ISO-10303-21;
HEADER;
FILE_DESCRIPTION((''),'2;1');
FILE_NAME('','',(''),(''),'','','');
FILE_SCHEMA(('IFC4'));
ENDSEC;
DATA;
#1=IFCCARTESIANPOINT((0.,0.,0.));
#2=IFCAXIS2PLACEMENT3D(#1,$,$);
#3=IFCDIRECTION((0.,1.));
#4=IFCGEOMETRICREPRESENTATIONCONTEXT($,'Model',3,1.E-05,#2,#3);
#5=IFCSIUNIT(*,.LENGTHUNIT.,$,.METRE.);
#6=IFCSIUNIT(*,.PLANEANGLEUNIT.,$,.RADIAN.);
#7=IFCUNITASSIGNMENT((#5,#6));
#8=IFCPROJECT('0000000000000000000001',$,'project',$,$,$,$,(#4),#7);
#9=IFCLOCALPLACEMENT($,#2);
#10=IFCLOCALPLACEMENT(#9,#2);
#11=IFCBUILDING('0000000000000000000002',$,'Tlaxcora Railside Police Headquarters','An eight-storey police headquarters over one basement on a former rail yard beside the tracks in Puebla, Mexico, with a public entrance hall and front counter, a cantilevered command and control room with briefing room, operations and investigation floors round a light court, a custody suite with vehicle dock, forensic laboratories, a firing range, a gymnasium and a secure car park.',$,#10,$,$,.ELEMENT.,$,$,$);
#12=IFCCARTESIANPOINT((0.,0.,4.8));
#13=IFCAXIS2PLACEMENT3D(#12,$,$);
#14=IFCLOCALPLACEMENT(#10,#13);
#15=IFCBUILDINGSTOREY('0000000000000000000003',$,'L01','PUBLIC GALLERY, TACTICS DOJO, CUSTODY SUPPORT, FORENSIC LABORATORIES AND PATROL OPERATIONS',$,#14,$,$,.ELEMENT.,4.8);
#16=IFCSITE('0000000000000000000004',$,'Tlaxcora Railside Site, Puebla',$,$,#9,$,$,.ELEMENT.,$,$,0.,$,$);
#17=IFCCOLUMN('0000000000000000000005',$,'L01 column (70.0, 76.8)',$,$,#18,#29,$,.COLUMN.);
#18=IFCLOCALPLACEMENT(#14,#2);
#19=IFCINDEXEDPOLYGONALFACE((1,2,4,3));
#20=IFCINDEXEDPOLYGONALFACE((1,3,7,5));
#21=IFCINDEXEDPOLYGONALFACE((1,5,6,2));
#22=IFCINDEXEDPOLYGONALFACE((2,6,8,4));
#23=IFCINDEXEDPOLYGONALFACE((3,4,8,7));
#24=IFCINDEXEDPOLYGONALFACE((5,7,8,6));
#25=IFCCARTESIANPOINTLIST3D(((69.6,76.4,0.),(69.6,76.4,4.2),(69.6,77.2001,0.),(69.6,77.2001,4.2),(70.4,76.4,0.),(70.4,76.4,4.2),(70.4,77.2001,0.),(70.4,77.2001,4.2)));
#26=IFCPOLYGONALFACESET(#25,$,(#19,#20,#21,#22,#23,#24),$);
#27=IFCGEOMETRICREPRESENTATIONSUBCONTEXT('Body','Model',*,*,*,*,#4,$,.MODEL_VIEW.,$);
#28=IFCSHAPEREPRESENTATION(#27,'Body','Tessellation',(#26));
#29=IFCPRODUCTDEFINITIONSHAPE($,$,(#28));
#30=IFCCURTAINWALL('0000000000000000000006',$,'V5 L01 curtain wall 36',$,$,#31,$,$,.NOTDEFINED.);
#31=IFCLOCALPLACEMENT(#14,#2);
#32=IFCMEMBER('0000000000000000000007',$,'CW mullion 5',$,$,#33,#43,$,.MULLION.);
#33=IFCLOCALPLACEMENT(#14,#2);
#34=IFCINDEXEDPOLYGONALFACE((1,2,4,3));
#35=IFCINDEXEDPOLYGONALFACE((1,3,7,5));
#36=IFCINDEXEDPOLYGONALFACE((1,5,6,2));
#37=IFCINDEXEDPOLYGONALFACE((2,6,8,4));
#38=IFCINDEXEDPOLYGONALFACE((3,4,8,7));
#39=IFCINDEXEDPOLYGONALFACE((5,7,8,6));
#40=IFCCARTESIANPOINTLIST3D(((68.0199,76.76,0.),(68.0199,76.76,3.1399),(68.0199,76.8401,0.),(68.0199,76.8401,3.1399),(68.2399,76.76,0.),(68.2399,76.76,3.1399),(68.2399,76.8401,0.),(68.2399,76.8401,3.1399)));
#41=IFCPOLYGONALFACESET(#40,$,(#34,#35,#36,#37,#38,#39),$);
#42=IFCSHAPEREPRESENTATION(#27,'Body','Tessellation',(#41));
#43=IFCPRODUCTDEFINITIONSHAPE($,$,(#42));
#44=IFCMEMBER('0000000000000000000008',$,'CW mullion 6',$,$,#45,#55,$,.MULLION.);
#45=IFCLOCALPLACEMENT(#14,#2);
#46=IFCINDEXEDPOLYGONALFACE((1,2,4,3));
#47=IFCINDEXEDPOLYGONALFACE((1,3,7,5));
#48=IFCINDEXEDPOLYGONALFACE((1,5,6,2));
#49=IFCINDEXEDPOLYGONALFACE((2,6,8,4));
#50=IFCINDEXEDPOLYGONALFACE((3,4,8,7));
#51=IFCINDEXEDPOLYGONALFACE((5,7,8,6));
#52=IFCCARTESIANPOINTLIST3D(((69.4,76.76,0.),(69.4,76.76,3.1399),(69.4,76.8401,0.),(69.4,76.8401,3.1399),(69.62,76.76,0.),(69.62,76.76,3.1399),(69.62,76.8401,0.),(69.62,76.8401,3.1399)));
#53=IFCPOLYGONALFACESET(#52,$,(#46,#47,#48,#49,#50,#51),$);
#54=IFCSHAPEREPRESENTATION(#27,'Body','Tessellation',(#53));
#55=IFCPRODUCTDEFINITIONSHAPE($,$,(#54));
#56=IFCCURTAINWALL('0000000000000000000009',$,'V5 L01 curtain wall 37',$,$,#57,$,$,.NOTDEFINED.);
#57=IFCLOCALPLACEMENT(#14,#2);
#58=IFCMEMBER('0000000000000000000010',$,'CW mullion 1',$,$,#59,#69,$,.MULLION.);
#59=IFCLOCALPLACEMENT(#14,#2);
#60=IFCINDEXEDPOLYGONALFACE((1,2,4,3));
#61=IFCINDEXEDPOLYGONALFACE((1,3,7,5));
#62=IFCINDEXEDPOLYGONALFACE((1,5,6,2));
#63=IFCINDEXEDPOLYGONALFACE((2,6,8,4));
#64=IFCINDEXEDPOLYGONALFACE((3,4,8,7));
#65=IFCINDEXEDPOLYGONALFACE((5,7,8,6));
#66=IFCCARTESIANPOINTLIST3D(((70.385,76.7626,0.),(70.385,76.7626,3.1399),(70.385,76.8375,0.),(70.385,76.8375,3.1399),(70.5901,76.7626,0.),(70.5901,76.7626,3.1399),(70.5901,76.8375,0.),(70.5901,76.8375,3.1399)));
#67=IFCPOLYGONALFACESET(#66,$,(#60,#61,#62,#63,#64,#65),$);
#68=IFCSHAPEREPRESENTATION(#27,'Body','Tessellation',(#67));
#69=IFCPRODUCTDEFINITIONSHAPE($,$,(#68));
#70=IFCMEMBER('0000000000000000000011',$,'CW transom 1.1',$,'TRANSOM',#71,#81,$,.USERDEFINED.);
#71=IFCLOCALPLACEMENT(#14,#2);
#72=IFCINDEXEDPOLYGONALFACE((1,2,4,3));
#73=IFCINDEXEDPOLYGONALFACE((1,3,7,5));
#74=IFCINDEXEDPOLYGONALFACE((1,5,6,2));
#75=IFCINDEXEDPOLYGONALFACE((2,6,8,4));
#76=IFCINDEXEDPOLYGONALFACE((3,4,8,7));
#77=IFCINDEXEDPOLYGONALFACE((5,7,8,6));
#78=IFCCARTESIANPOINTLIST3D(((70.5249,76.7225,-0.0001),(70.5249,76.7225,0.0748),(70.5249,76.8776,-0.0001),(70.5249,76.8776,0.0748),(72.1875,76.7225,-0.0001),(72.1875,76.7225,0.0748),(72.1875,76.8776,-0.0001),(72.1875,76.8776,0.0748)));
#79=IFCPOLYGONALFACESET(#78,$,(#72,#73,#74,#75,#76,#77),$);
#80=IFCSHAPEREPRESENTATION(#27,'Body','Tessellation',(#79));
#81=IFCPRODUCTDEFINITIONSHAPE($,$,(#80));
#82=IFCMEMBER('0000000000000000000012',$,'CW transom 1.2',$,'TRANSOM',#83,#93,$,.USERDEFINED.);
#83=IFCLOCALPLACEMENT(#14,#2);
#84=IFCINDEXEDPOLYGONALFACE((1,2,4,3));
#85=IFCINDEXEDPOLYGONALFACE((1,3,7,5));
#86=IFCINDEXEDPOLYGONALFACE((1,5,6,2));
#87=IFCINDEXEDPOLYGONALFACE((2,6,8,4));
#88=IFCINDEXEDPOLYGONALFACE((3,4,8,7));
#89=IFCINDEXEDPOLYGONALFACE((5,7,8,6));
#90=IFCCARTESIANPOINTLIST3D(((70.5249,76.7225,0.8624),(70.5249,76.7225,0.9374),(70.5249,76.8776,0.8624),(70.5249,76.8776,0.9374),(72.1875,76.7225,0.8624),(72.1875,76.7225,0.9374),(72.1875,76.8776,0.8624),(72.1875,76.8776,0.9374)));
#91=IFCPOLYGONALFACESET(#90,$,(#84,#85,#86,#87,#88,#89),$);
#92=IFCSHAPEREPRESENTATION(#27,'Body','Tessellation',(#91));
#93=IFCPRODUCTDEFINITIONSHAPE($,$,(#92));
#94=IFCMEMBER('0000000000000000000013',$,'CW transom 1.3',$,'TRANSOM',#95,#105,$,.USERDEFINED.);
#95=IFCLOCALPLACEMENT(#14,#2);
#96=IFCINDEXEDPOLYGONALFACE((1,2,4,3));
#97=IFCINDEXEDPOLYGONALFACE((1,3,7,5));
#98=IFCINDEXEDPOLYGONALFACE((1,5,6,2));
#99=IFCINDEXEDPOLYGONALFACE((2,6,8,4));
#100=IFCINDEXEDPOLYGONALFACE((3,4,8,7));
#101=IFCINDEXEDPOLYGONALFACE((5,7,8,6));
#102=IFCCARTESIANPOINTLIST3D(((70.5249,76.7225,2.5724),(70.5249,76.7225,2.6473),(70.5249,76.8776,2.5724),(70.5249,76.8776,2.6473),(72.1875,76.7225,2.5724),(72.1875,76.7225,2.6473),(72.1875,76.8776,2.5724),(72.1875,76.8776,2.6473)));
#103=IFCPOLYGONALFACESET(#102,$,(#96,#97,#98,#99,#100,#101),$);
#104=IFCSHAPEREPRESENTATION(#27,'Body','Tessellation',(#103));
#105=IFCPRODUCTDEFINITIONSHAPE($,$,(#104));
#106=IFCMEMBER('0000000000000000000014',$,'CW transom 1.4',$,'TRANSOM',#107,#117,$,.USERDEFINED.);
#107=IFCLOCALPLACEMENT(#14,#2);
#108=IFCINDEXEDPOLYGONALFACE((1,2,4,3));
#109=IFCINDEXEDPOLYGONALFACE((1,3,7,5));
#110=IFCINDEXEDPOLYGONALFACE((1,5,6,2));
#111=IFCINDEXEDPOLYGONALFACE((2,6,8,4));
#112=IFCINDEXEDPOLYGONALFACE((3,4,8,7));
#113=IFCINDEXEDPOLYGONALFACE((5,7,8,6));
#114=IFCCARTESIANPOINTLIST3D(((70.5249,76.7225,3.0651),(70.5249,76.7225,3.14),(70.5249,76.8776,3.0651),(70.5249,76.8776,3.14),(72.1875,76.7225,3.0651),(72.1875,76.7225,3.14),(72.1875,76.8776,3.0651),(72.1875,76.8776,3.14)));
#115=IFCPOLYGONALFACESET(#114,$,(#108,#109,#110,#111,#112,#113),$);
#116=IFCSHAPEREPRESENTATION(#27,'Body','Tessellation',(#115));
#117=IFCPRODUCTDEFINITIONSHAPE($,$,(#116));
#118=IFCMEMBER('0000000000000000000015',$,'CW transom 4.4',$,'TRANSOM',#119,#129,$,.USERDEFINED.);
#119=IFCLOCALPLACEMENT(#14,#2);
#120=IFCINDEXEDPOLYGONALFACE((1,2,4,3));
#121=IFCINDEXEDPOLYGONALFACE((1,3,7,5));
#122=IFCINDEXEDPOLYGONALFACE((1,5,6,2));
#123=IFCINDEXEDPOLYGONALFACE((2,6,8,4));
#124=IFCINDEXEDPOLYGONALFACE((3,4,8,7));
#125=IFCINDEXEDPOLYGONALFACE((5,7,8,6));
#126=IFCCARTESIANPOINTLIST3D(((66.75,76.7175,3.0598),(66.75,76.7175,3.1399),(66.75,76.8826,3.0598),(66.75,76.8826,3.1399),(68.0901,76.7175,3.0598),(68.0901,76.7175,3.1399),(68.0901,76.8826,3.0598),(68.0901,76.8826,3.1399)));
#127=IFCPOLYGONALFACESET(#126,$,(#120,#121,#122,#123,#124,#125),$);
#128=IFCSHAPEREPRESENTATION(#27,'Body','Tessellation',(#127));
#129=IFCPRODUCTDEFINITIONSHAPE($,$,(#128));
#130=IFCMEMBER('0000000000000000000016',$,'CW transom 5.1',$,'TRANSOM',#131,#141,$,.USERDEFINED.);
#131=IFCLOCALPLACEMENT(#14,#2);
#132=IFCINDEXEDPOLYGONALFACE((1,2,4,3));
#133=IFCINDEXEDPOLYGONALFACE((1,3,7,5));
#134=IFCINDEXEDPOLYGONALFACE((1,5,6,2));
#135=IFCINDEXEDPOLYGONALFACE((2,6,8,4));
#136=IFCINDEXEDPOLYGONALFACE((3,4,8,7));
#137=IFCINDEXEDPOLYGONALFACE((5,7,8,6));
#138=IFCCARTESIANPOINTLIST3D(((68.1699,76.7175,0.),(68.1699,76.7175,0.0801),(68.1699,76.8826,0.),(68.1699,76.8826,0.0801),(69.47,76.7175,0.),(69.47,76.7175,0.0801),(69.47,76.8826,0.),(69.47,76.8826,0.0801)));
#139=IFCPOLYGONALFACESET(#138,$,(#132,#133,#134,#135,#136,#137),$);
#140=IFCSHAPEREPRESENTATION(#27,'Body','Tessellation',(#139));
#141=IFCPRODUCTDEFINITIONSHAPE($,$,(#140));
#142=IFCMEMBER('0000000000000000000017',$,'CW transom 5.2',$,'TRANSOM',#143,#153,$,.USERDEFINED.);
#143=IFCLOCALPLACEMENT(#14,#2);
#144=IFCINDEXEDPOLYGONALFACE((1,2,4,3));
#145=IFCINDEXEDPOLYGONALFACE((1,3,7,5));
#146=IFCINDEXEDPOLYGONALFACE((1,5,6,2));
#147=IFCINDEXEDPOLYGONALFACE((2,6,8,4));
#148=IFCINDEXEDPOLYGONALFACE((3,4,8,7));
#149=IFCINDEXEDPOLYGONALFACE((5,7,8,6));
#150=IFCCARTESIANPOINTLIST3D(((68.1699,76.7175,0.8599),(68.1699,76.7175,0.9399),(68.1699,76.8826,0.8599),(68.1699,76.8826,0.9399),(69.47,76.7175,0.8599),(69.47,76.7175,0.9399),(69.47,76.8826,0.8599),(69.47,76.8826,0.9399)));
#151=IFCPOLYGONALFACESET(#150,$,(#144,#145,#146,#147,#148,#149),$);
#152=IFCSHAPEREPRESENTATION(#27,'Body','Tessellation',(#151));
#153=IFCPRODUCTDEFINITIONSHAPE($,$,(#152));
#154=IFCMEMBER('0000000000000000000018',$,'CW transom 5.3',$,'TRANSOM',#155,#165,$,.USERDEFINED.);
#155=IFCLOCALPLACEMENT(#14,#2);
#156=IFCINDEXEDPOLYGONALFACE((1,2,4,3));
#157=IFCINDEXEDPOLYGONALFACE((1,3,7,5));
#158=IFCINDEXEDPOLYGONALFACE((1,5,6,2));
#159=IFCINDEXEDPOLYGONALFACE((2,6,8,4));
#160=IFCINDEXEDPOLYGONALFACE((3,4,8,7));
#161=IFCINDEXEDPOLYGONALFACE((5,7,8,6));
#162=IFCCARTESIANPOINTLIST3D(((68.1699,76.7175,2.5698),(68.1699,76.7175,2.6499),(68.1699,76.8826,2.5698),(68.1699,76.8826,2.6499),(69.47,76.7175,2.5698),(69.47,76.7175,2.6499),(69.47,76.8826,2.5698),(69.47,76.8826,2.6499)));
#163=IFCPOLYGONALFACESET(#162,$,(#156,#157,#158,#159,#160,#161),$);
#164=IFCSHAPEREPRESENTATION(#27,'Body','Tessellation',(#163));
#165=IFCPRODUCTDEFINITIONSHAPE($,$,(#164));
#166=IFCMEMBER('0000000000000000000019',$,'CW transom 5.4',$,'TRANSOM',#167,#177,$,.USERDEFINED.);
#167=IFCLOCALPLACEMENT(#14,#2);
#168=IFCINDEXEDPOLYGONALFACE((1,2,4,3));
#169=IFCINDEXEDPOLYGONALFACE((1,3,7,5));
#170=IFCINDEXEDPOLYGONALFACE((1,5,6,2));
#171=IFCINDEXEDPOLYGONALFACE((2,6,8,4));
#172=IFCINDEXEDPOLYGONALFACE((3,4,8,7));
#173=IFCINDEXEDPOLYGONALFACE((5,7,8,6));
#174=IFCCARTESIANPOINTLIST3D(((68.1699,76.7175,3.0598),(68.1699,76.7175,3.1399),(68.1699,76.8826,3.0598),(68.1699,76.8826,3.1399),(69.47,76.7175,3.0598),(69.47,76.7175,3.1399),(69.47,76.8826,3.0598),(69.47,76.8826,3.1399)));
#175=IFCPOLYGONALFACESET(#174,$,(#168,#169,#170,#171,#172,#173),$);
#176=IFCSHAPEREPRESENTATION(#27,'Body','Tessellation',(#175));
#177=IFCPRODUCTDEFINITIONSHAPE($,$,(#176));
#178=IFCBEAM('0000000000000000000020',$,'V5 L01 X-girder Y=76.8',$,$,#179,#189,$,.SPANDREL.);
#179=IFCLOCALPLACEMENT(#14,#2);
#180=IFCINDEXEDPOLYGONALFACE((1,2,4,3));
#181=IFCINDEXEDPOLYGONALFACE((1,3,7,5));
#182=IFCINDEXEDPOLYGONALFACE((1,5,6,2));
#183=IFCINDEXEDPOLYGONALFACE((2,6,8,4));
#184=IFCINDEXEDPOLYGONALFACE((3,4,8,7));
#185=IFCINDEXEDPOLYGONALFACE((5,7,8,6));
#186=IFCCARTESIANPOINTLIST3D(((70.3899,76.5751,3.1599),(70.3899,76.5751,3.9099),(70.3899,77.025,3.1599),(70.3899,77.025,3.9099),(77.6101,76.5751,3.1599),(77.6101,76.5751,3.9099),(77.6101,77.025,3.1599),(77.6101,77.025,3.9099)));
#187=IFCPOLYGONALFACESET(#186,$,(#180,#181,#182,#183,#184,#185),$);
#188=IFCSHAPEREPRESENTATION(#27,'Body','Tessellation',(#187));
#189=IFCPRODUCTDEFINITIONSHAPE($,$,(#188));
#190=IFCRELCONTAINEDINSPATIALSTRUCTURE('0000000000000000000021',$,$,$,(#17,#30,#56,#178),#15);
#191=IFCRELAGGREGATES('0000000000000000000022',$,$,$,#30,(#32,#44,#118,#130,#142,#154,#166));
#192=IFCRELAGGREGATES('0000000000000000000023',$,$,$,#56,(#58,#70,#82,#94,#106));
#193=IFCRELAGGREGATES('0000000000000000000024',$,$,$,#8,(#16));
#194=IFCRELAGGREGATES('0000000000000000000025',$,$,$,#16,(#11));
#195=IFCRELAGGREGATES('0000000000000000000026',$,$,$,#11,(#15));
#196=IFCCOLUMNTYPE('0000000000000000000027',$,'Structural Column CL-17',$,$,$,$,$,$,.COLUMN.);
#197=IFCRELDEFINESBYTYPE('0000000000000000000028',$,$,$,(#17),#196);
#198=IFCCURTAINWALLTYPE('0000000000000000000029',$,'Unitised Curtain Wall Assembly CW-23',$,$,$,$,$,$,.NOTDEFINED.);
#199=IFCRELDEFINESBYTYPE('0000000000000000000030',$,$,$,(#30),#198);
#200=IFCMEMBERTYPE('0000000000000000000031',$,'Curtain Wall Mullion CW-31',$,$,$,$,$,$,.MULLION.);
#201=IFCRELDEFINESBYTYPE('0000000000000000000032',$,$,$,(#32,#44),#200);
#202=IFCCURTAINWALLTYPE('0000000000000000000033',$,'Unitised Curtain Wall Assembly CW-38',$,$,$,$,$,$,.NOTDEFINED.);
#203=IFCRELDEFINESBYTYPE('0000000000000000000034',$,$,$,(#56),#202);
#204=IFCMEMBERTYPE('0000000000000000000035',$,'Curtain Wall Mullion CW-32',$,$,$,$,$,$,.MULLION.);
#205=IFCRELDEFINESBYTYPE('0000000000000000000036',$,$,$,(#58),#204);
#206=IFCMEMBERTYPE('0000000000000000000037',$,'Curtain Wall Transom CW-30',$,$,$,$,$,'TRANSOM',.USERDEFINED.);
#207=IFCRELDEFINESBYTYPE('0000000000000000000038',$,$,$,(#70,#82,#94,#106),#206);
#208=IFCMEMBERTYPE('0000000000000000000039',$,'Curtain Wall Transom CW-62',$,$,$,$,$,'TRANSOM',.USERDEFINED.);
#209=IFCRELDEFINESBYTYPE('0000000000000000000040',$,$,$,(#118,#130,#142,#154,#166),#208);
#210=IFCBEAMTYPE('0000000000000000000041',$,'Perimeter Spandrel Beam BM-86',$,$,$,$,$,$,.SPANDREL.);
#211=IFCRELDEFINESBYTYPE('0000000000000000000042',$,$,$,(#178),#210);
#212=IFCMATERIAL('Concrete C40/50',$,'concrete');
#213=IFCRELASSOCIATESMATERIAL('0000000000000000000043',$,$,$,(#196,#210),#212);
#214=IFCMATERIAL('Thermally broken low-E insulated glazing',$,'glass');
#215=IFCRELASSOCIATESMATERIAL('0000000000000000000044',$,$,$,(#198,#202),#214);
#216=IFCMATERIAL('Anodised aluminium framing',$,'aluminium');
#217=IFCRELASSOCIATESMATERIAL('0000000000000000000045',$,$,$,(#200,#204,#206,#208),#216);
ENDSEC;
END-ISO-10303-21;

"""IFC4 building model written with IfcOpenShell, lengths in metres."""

from ifc_helpers import new_model, si_unit, direction, frame, origin, origin_2d, place, context, subcontext, project, spatial, rectangle, extrude, material, material_profile, profile_set, type_object, element, aggregate, save


model = new_model("IFC4")

# Units and contexts
model_context = context("Model", 3, precision=1e-05, world=origin(), true_north=direction((0.0, 1.0)))
body_context = subcontext(model_context, "Body", "Model", "MODEL_VIEW")
ifc_project = project(units=[si_unit("LENGTHUNIT", "METRE"), si_unit("PLANEANGLEUNIT", "RADIAN")], contexts=[model_context])

# Site, building, storey
site_placement = place(None, origin())
site = spatial("IfcSite", under=ifc_project, at=site_placement, Name="Tlaxcora Railside Site, Puebla", CompositionType="ELEMENT", RefElevation=0.0)
building_placement = place(site_placement, origin())
building = spatial("IfcBuilding", under=site, at=building_placement, Name="Tlaxcora Railside Police Headquarters", Description="An eight-storey police headquarters over one basement on a former rail yard beside the tracks in Puebla, Mexico, with a public entrance hall and front counter, a cantilevered command and control room with briefing room, operations and investigation floors round a light court, a custody suite with vehicle dock, forensic laboratories, a firing range, a gymnasium and a secure car park.", CompositionType="ELEMENT")
storey_placement = place(building_placement, frame((0.0, 0.0, 4.8)))
storey = spatial("IfcBuildingStorey", under=building, at=storey_placement, Name="L01", Description="PUBLIC GALLERY, TACTICS DOJO, CUSTODY SUPPORT, FORENSIC LABORATORIES AND PATROL OPERATIONS", CompositionType="ELEMENT", Elevation=4.8)

# Column
ifc_material_1 = material(Name="Concrete C40/50", Category="concrete")
ifc_material_profile_1 = material_profile(ifc_material_1, rectangle(XDim=0.8, YDim=0.8, at=origin_2d()), Name="RC800X800")
ifc_profile_set_1 = profile_set([ifc_material_profile_1], Name="Concrete C40/50")
column_type = type_object("IfcColumnType", Name="Structural Column CL-17", PredefinedType="COLUMN", material=ifc_profile_set_1)
column_placement = place(storey_placement, frame((70.0, 76.8, 0.0), z_axis=(0.0, 0.0, 1.0), x_axis=(1.0, 0.0, 0.0)))
element("IfcColumn", 1, at=column_placement, inside=storey, type_object=column_type, Name="L01 column (70.0, 76.8)", PredefinedType="COLUMN", context=body_context, shape_type="SweptSolid", body=[
    extrude(rectangle(XDim=0.8, YDim=0.8, at=origin_2d()), origin(), (0.0, 0.0, 1.0), 4.2),
])

# Curtain walls, members
ifc_material_2 = material(Name="Thermally broken low-E insulated glazing", Category="glass")
curtain_wall_type_1 = type_object("IfcCurtainWallType", Name="Unitised Curtain Wall Assembly CW-23", PredefinedType="NOTDEFINED", material=ifc_material_2)
curtain_wall_1_placement = place(storey_placement, origin())
curtain_wall_1 = element("IfcCurtainWall", 2, at=curtain_wall_1_placement, inside=storey, type_object=curtain_wall_type_1, Name="V5 L01 curtain wall 36", PredefinedType="NOTDEFINED")
ifc_material_3 = material(Name="Anodised aluminium framing", Category="aluminium")
ifc_material_profile_2 = material_profile(ifc_material_3, rectangle(XDim=0.0801, YDim=0.22, at=origin_2d()), Name="AL80X220")
ifc_profile_set_2 = profile_set([ifc_material_profile_2], Name="Anodised aluminium framing")
member_type_1 = type_object("IfcMemberType", Name="Curtain Wall Mullion CW-31", PredefinedType="MULLION", material=ifc_profile_set_2)
member_1_placement = place(storey_placement, frame((68.1299, 76.8, 0.0), z_axis=(0.0, 0.0, 1.0), x_axis=(0.0, 1.0, 0.0)))
member_1 = element("IfcMember", 3, at=member_1_placement, type_object=member_type_1, Name="CW mullion 5", PredefinedType="MULLION", context=body_context, shape_type="SweptSolid", body=[
    extrude(rectangle(XDim=0.0801, YDim=0.22, at=origin_2d()), origin(), (0.0, 0.0, 1.0), 3.1399),
])
member_2_placement = place(storey_placement, frame((69.51, 76.8, 0.0), z_axis=(0.0, 0.0, 1.0), x_axis=(0.0, 1.0, 0.0)))
member_2 = element("IfcMember", 4, at=member_2_placement, type_object=member_type_1, Name="CW mullion 6", PredefinedType="MULLION", context=body_context, shape_type="SweptSolid", body=[
    extrude(rectangle(XDim=0.0801, YDim=0.22, at=origin_2d()), origin(), (0.0, 0.0, 1.0), 3.1399),
])
curtain_wall_type_2 = type_object("IfcCurtainWallType", Name="Unitised Curtain Wall Assembly CW-38", PredefinedType="NOTDEFINED", material=ifc_material_2)
curtain_wall_2_placement = place(storey_placement, origin())
curtain_wall_2 = element("IfcCurtainWall", 5, at=curtain_wall_2_placement, inside=storey, type_object=curtain_wall_type_2, Name="V5 L01 curtain wall 37", PredefinedType="NOTDEFINED")
ifc_material_profile_3 = material_profile(ifc_material_3, rectangle(XDim=0.075, YDim=0.2051, at=origin_2d()), Name="AL75X205")
ifc_profile_set_3 = profile_set([ifc_material_profile_3], Name="Anodised aluminium framing")
member_type_2 = type_object("IfcMemberType", Name="Curtain Wall Mullion CW-32", PredefinedType="MULLION", material=ifc_profile_set_3)
member_3_placement = place(storey_placement, frame((70.4875, 76.8, 0.0), z_axis=(0.0, 0.0, 1.0), x_axis=(0.0, 1.0, 0.0)))
member_3 = element("IfcMember", 6, at=member_3_placement, type_object=member_type_2, Name="CW mullion 1", PredefinedType="MULLION", context=body_context, shape_type="SweptSolid", body=[
    extrude(rectangle(XDim=0.075, YDim=0.2051, at=origin_2d()), origin(), (0.0, 0.0, 1.0), 3.1399),
])
ifc_material_profile_4 = material_profile(ifc_material_3, rectangle(XDim=0.155, YDim=0.075, at=origin_2d()), Name="AL75X155")
ifc_profile_set_4 = profile_set([ifc_material_profile_4], Name="Anodised aluminium framing")
member_type_3 = type_object("IfcMemberType", Name="Curtain Wall Transom CW-30", ElementType="TRANSOM", PredefinedType="USERDEFINED", material=ifc_profile_set_4)
member_4_placement = place(storey_placement, frame((70.5249, 76.8, 0.0374), z_axis=(1.0, 0.0, 0.0), x_axis=(0.0, 1.0, 0.0)))
member_4 = element("IfcMember", 7, at=member_4_placement, type_object=member_type_3, Name="CW transom 1.1", ObjectType="TRANSOM", PredefinedType="USERDEFINED", context=body_context, shape_type="SweptSolid", body=[
    extrude(rectangle(XDim=0.155, YDim=0.075, at=origin_2d()), origin(), (0.0, 0.0, 1.0), 1.6626),
])
member_5_placement = place(storey_placement, frame((70.5249, 76.8, 0.8999), z_axis=(1.0, 0.0, 0.0), x_axis=(0.0, 1.0, 0.0)))
member_5 = element("IfcMember", 8, at=member_5_placement, type_object=member_type_3, Name="CW transom 1.2", ObjectType="TRANSOM", PredefinedType="USERDEFINED", context=body_context, shape_type="SweptSolid", body=[
    extrude(rectangle(XDim=0.155, YDim=0.075, at=origin_2d()), origin(), (0.0, 0.0, 1.0), 1.6626),
])
member_6_placement = place(storey_placement, frame((70.5249, 76.8, 2.6099), z_axis=(1.0, 0.0, 0.0), x_axis=(0.0, 1.0, 0.0)))
member_6 = element("IfcMember", 9, at=member_6_placement, type_object=member_type_3, Name="CW transom 1.3", ObjectType="TRANSOM", PredefinedType="USERDEFINED", context=body_context, shape_type="SweptSolid", body=[
    extrude(rectangle(XDim=0.155, YDim=0.075, at=origin_2d()), origin(), (0.0, 0.0, 1.0), 1.6626),
])
member_7_placement = place(storey_placement, frame((70.5249, 76.8, 3.1025), z_axis=(1.0, 0.0, 0.0), x_axis=(0.0, 1.0, 0.0)))
member_7 = element("IfcMember", 10, at=member_7_placement, type_object=member_type_3, Name="CW transom 1.4", ObjectType="TRANSOM", PredefinedType="USERDEFINED", context=body_context, shape_type="SweptSolid", body=[
    extrude(rectangle(XDim=0.155, YDim=0.075, at=origin_2d()), origin(), (0.0, 0.0, 1.0), 1.6626),
])

# Members
ifc_material_profile_5 = material_profile(ifc_material_3, rectangle(XDim=0.165, YDim=0.0801, at=origin_2d()), Name="AL80X165")
ifc_profile_set_5 = profile_set([ifc_material_profile_5], Name="Anodised aluminium framing")
member_type_4 = type_object("IfcMemberType", Name="Curtain Wall Transom CW-62", ElementType="TRANSOM", PredefinedType="USERDEFINED", material=ifc_profile_set_5)
member_8_placement = place(storey_placement, frame((66.75, 76.8, 3.0999), z_axis=(1.0, 0.0, 0.0), x_axis=(0.0, 1.0, 0.0)))
member_8 = element("IfcMember", 11, at=member_8_placement, type_object=member_type_4, Name="CW transom 4.4", ObjectType="TRANSOM", PredefinedType="USERDEFINED", context=body_context, shape_type="SweptSolid", body=[
    extrude(rectangle(XDim=0.165, YDim=0.0801, at=origin_2d()), origin(), (0.0, 0.0, 1.0), 1.3401),
])
member_9_placement = place(storey_placement, frame((68.1699, 76.8, 0.04), z_axis=(1.0, 0.0, 0.0), x_axis=(0.0, 1.0, 0.0)))
member_9 = element("IfcMember", 12, at=member_9_placement, type_object=member_type_4, Name="CW transom 5.1", ObjectType="TRANSOM", PredefinedType="USERDEFINED", context=body_context, shape_type="SweptSolid", body=[
    extrude(rectangle(XDim=0.165, YDim=0.0801, at=origin_2d()), origin(), (0.0, 0.0, 1.0), 1.3),
])
member_10_placement = place(storey_placement, frame((68.1699, 76.8, 0.8999), z_axis=(1.0, 0.0, 0.0), x_axis=(0.0, 1.0, 0.0)))
member_10 = element("IfcMember", 13, at=member_10_placement, type_object=member_type_4, Name="CW transom 5.2", ObjectType="TRANSOM", PredefinedType="USERDEFINED", context=body_context, shape_type="SweptSolid", body=[
    extrude(rectangle(XDim=0.165, YDim=0.0801, at=origin_2d()), origin(), (0.0, 0.0, 1.0), 1.3),
])
member_11_placement = place(storey_placement, frame((68.1699, 76.8, 2.6099), z_axis=(1.0, 0.0, 0.0), x_axis=(0.0, 1.0, 0.0)))
member_11 = element("IfcMember", 14, at=member_11_placement, type_object=member_type_4, Name="CW transom 5.3", ObjectType="TRANSOM", PredefinedType="USERDEFINED", context=body_context, shape_type="SweptSolid", body=[
    extrude(rectangle(XDim=0.165, YDim=0.0801, at=origin_2d()), origin(), (0.0, 0.0, 1.0), 1.3),
])
member_12_placement = place(storey_placement, frame((68.1699, 76.8, 3.0999), z_axis=(1.0, 0.0, 0.0), x_axis=(0.0, 1.0, 0.0)))
member_12 = element("IfcMember", 15, at=member_12_placement, type_object=member_type_4, Name="CW transom 5.4", ObjectType="TRANSOM", PredefinedType="USERDEFINED", context=body_context, shape_type="SweptSolid", body=[
    extrude(rectangle(XDim=0.165, YDim=0.0801, at=origin_2d()), origin(), (0.0, 0.0, 1.0), 1.3),
])

# Beam
ifc_material_profile_6 = material_profile(ifc_material_1, rectangle(XDim=0.45, YDim=0.75, at=origin_2d()), Name="RC450X750")
ifc_profile_set_6 = profile_set([ifc_material_profile_6], Name="Concrete C40/50")
beam_type = type_object("IfcBeamType", Name="Perimeter Spandrel Beam BM-86", PredefinedType="SPANDREL", material=ifc_profile_set_6)
beam_placement = place(storey_placement, frame((70.3899, 76.8, 3.5349), z_axis=(1.0, 0.0, 0.0), x_axis=(0.0, 1.0, 0.0)))
element("IfcBeam", 16, at=beam_placement, inside=storey, type_object=beam_type, Name="V5 L01 X-girder Y=76.8", PredefinedType="SPANDREL", context=body_context, shape_type="SweptSolid", body=[
    extrude(rectangle(XDim=0.45, YDim=0.75, at=origin_2d()), origin(), (0.0, 0.0, 1.0), 7.2202),
])

aggregate(curtain_wall_1, [member_1, member_2, member_8, member_9, member_10, member_11, member_12])
aggregate(curtain_wall_2, [member_3, member_4, member_5, member_6, member_7])

save(model, "model.ifc")
